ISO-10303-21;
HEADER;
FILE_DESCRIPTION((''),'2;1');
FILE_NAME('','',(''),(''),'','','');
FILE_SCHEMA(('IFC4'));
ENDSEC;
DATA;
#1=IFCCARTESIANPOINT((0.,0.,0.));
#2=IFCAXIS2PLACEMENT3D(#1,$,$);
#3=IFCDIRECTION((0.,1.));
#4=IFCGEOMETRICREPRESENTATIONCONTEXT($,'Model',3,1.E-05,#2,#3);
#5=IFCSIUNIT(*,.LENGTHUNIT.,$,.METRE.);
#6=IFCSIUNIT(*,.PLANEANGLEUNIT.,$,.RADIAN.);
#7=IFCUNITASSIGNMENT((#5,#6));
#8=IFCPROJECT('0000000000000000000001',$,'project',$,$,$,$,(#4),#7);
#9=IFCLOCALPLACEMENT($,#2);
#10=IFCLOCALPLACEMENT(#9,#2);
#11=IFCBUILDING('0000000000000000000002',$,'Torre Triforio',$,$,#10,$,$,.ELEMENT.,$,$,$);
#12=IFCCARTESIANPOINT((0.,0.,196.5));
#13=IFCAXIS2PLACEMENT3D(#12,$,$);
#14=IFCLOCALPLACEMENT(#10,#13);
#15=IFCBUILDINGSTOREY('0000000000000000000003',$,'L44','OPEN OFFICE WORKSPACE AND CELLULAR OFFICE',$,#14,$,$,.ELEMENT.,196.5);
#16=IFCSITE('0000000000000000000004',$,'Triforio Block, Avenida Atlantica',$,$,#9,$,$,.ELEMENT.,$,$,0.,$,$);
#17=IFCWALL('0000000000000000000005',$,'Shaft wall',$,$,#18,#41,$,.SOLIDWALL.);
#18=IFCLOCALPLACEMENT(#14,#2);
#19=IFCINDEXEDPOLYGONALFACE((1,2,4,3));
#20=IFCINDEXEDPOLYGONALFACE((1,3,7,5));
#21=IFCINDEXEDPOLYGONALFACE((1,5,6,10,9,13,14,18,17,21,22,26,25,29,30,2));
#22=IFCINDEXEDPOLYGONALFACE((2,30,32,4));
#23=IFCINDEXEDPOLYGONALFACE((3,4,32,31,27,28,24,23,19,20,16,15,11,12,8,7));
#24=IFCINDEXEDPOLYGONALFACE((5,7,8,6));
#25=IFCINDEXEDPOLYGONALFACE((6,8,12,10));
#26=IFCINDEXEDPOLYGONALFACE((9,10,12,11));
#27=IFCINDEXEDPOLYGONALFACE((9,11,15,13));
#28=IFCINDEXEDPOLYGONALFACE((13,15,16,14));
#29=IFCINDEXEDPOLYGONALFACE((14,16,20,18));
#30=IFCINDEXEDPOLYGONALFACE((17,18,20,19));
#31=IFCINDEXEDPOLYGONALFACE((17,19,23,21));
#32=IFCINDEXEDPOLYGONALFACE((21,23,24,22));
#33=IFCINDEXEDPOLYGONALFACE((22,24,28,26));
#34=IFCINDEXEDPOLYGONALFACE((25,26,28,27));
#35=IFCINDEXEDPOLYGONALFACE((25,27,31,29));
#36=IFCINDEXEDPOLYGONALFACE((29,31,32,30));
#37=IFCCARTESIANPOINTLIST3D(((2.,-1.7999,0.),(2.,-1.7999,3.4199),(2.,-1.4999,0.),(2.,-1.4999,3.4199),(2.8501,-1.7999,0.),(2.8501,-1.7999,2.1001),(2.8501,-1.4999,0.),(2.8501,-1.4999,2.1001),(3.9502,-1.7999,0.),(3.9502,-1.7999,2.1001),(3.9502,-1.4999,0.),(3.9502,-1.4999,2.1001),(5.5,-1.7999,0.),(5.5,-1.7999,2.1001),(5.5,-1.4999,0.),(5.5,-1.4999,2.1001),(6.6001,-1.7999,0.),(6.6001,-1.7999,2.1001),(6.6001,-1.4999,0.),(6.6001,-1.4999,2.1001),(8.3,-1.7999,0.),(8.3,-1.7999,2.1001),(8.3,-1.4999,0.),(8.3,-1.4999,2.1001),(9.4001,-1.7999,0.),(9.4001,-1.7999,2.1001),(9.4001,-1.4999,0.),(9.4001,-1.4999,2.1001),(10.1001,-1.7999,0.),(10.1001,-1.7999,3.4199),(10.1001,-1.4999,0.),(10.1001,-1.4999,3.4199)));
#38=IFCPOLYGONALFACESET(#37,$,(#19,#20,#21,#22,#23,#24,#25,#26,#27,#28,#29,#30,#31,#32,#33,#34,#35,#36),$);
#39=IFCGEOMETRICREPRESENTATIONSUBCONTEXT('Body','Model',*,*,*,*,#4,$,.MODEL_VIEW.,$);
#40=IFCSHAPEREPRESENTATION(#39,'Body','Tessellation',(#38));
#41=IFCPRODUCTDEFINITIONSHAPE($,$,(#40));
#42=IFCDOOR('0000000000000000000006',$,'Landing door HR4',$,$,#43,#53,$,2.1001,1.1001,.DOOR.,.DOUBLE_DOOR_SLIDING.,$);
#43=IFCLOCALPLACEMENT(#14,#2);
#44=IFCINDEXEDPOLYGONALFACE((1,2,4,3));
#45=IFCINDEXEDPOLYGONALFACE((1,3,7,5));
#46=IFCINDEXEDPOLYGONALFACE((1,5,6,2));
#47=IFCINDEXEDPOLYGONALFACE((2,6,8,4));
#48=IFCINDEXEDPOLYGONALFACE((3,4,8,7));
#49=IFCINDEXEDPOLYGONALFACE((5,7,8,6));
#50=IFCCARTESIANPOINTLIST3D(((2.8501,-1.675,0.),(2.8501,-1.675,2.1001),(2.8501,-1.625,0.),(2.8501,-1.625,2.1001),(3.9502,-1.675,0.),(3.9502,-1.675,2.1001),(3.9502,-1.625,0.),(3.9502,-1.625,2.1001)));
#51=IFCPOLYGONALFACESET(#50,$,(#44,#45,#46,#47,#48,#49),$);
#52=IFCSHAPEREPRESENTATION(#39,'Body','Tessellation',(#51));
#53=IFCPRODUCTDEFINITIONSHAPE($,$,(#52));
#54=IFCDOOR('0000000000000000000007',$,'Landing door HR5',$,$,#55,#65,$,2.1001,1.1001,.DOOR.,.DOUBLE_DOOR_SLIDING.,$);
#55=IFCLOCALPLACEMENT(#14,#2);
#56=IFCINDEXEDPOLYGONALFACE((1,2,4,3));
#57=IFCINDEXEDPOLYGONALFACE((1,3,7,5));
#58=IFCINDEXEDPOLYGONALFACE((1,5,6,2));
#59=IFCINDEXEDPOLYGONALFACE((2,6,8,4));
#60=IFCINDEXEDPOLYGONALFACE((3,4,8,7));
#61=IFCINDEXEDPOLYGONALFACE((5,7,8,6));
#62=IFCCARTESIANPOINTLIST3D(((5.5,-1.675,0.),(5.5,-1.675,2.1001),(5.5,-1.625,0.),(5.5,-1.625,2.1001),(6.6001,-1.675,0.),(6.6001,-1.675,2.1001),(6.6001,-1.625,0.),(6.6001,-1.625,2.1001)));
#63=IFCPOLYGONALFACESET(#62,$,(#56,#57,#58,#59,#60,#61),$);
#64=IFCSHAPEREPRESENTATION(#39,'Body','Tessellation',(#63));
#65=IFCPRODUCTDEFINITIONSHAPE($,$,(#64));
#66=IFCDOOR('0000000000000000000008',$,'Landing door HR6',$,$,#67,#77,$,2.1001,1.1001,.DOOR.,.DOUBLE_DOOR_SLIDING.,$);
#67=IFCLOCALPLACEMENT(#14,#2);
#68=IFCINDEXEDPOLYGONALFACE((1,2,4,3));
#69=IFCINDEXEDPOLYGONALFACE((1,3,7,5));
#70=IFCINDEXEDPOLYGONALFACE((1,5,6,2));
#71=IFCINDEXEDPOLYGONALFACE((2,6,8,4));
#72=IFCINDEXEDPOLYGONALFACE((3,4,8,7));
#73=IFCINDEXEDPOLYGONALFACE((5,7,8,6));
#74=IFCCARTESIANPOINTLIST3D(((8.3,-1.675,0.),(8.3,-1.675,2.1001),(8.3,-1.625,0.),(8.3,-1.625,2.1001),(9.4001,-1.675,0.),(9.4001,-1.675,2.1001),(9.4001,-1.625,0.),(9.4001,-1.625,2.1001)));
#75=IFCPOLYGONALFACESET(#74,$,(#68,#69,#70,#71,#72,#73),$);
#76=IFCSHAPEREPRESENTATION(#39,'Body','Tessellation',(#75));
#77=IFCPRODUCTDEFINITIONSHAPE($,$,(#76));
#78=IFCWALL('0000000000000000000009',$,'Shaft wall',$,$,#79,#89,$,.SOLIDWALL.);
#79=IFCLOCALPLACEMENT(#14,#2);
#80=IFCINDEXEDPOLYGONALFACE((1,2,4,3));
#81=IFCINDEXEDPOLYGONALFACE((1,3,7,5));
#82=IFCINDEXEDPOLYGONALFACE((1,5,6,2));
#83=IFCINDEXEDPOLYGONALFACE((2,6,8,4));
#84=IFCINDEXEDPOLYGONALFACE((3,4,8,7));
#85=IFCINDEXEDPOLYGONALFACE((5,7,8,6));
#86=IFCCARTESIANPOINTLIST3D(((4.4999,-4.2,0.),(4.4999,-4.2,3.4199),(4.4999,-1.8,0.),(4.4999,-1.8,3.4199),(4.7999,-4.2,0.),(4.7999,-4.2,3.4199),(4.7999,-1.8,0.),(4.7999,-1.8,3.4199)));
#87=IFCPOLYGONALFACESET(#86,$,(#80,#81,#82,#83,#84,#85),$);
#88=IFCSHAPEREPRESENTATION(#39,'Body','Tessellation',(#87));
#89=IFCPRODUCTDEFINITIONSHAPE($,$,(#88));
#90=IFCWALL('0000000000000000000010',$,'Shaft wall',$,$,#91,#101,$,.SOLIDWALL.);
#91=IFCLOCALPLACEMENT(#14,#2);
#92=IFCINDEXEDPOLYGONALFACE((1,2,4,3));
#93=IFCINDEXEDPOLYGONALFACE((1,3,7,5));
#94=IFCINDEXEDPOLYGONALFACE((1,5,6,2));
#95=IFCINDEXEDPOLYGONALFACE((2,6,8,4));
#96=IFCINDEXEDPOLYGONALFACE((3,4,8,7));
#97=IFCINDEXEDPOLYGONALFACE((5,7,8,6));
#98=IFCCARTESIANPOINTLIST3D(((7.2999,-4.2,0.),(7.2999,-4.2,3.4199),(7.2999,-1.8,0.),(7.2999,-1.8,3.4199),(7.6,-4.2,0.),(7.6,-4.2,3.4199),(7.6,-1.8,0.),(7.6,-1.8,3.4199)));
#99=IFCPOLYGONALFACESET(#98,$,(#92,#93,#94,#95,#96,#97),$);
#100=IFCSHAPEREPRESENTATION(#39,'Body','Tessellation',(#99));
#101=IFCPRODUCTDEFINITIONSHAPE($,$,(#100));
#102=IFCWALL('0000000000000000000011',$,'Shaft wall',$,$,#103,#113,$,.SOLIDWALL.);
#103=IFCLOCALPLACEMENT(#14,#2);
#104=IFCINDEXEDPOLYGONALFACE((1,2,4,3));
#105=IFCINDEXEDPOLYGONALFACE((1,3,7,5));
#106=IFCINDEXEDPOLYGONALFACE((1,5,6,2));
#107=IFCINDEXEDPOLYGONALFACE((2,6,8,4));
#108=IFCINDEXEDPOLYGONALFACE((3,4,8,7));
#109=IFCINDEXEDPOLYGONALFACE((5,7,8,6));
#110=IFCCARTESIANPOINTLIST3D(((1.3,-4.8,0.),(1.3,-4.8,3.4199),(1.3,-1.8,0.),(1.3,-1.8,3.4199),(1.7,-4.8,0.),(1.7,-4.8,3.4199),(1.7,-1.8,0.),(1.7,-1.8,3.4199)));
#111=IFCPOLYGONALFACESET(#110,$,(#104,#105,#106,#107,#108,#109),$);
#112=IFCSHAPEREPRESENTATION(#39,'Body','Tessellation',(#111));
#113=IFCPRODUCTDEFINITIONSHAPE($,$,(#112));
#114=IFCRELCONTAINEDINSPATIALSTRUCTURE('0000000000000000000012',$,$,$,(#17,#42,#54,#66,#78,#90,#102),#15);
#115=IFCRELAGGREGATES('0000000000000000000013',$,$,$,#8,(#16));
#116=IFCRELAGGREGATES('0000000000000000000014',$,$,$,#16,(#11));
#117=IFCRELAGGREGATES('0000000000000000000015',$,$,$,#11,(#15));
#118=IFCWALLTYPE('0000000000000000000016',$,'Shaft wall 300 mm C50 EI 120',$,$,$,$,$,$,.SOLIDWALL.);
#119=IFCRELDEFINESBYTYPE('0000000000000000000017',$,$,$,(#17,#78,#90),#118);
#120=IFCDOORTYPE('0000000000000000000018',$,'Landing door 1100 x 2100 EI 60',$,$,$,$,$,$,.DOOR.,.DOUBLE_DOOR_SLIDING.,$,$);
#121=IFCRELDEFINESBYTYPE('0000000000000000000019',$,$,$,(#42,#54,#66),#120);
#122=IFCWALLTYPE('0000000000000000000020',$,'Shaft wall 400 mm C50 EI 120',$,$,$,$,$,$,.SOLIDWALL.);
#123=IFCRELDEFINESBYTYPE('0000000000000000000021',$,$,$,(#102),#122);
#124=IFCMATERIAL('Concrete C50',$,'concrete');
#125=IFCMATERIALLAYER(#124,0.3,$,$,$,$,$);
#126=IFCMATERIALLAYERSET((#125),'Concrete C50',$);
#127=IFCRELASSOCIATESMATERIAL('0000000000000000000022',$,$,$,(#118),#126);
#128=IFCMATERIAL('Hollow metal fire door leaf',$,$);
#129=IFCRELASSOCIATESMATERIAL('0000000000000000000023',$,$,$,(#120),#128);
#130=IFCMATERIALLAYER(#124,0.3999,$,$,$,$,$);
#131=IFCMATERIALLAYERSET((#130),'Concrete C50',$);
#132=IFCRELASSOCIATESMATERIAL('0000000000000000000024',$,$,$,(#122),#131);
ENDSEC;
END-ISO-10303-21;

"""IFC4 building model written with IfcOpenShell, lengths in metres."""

from ifc_helpers import new_model, si_unit, direction, frame, frame_2d, origin, place, context, subcontext, project, spatial, rectangle, extrude, material, layer, layer_set, type_object, element, fill, save


model = new_model("IFC4")

# Units and contexts
model_context = context("Model", 3, precision=1e-05, world=origin(), true_north=direction((0.0, 1.0)))
body_context = subcontext(model_context, "Body", "Model", "MODEL_VIEW")
ifc_project = project(units=[si_unit("LENGTHUNIT", "METRE"), si_unit("PLANEANGLEUNIT", "RADIAN")], contexts=[model_context])

# Site, building, storey
site_placement = place(None, origin())
site = spatial("IfcSite", under=ifc_project, at=site_placement, Name="Triforio Block, Avenida Atlantica", CompositionType="ELEMENT", RefElevation=0.0)
building_placement = place(site_placement, origin())
building = spatial("IfcBuilding", under=site, at=building_placement, Name="Torre Triforio", CompositionType="ELEMENT")
storey_placement = place(building_placement, frame((0.0, 0.0, 196.5)))
storey = spatial("IfcBuildingStorey", under=building, at=storey_placement, Name="L44", Description="OPEN OFFICE WORKSPACE AND CELLULAR OFFICE", CompositionType="ELEMENT", Elevation=196.5)

# Shared definitions
ifc_material_1 = material(Name="Concrete C50", Category="concrete")

# Shared definitions
ifc_material_2 = material(Name="Hollow metal fire door leaf")

# Shared definitions
ifc_layer_1 = layer(ifc_material_1, 0.3)
ifc_layer_set_1 = layer_set([ifc_layer_1], Name="Concrete C50")
wall_type_1 = type_object("IfcWallType", Name="Shaft wall 300 mm C50 EI 120", PredefinedType="SOLIDWALL", material=ifc_layer_set_1)

# Wall, openings, doors
wall_1_placement = place(storey_placement, frame((2.0, -1.6499, 0.0), z_axis=(0.0, 0.0, 1.0), x_axis=(1.0, 0.0, 0.0)))
wall_1 = element("IfcWall", 1, at=wall_1_placement, inside=storey, type_object=wall_type_1, Name="Shaft wall", PredefinedType="SOLIDWALL", context=body_context, shape_type="SweptSolid", body=[
    extrude(rectangle(XDim=8.1001, YDim=0.3, at=frame_2d((4.05, 0.0))), origin(), (0.0, 0.0, 1.0), 3.4199),
])
opening_1_placement = place(wall_1_placement, frame((0.8501, 0.0, 0.0)))
opening_1 = element("IfcOpeningElement", 2, at=opening_1_placement, cuts=wall_1, PredefinedType="OPENING", context=body_context, shape_type="SweptSolid", body=[
    extrude(rectangle(XDim=1.1001, YDim=2.1001, at=frame_2d((0.55, 1.05))), frame((0.0, 0.1599, 0.0), z_axis=(0.0, -1.0, 0.0), x_axis=(1.0, 0.0, 0.0)), (0.0, 0.0, 1.0), 0.3201),
])
opening_2_placement = place(wall_1_placement, frame((3.5, 0.0, 0.0)))
opening_2 = element("IfcOpeningElement", 3, at=opening_2_placement, cuts=wall_1, PredefinedType="OPENING", context=body_context, shape_type="SweptSolid", body=[
    extrude(rectangle(XDim=1.1001, YDim=2.1001, at=frame_2d((0.55, 1.05))), frame((0.0, 0.1599, 0.0), z_axis=(0.0, -1.0, 0.0), x_axis=(1.0, 0.0, 0.0)), (0.0, 0.0, 1.0), 0.3201),
])
opening_3_placement = place(wall_1_placement, frame((6.3, 0.0, 0.0)))
opening_3 = element("IfcOpeningElement", 4, at=opening_3_placement, cuts=wall_1, PredefinedType="OPENING", context=body_context, shape_type="SweptSolid", body=[
    extrude(rectangle(XDim=1.1001, YDim=2.1001, at=frame_2d((0.55, 1.05))), frame((0.0, 0.1599, 0.0), z_axis=(0.0, -1.0, 0.0), x_axis=(1.0, 0.0, 0.0)), (0.0, 0.0, 1.0), 0.3201),
])
door_type_1 = type_object("IfcDoorType", Name="Landing door 1100 x 2100 EI 60", OperationType="DOUBLE_DOOR_SLIDING", PredefinedType="DOOR", material=ifc_material_2)
door_1_placement = place(opening_1_placement, origin())
door_1 = element("IfcDoor", 5, at=door_1_placement, inside=storey, type_object=door_type_1, Name="Landing door HR4", OperationType="DOUBLE_DOOR_SLIDING", OverallHeight=2.1001, OverallWidth=1.1001, PredefinedType="DOOR", context=body_context, shape_type="SweptSolid", body=[
    extrude(rectangle(XDim=1.1001, YDim=2.1001, at=frame_2d((0.55, 1.05))), frame((0.0, 0.0249, 0.0), z_axis=(0.0, -1.0, 0.0), x_axis=(1.0, 0.0, 0.0)), (0.0, 0.0, 1.0), 0.05),
])
fill(opening_1, door_1)
door_2_placement = place(opening_2_placement, origin())
door_2 = element("IfcDoor", 6, at=door_2_placement, inside=storey, type_object=door_type_1, Name="Landing door HR5", OperationType="DOUBLE_DOOR_SLIDING", OverallHeight=2.1001, OverallWidth=1.1001, PredefinedType="DOOR", context=body_context, shape_type="SweptSolid", body=[
    extrude(rectangle(XDim=1.1001, YDim=2.1001, at=frame_2d((0.55, 1.05))), frame((0.0, 0.0249, 0.0), z_axis=(0.0, -1.0, 0.0), x_axis=(1.0, 0.0, 0.0)), (0.0, 0.0, 1.0), 0.05),
])
fill(opening_2, door_2)
door_3_placement = place(opening_3_placement, origin())
door_3 = element("IfcDoor", 7, at=door_3_placement, inside=storey, type_object=door_type_1, Name="Landing door HR6", OperationType="DOUBLE_DOOR_SLIDING", OverallHeight=2.1001, OverallWidth=1.1001, PredefinedType="DOOR", context=body_context, shape_type="SweptSolid", body=[
    extrude(rectangle(XDim=1.1001, YDim=2.1001, at=frame_2d((0.55, 1.05))), frame((0.0, 0.0249, 0.0), z_axis=(0.0, -1.0, 0.0), x_axis=(1.0, 0.0, 0.0)), (0.0, 0.0, 1.0), 0.05),
])
fill(opening_3, door_3)

# Walls
for number, where, z_axis, x_axis, name in (
    (8, (4.6499, -4.2, 0.0), (0.0, 0.0, 1.0), (0.0, 1.0, 0.0), "Shaft wall"),
    (9, (7.45, -4.2, 0.0), (0.0, 0.0, 1.0), (0.0, 1.0, 0.0), "Shaft wall"),
):
    element("IfcWall", number, at=place(storey_placement, frame(where, z_axis=z_axis, x_axis=x_axis)), inside=storey, type_object=wall_type_1, Name=name, PredefinedType="SOLIDWALL", context=body_context, shape_type="SweptSolid", body=[
        extrude(rectangle(XDim=2.3999, YDim=0.3, at=frame_2d((1.2, 0.0))), origin(), (0.0, 0.0, 1.0), 3.4199),
    ])
ifc_layer_2 = layer(ifc_material_1, 0.3999)
ifc_layer_set_2 = layer_set([ifc_layer_2], Name="Concrete C50")
wall_type_2 = type_object("IfcWallType", Name="Shaft wall 400 mm C50 EI 120", PredefinedType="SOLIDWALL", material=ifc_layer_set_2)
wall_2_placement = place(storey_placement, frame((1.5, -4.8, 0.0), z_axis=(0.0, 0.0, 1.0), x_axis=(0.0, 1.0, 0.0)))
element("IfcWall", 10, at=wall_2_placement, inside=storey, type_object=wall_type_2, Name="Shaft wall", PredefinedType="SOLIDWALL", context=body_context, shape_type="SweptSolid", body=[
    extrude(rectangle(XDim=3.0, YDim=0.3999, at=frame_2d((1.5, 0.0))), origin(), (0.0, 0.0, 1.0), 3.4199),
])

save(model, "model.ifc")
